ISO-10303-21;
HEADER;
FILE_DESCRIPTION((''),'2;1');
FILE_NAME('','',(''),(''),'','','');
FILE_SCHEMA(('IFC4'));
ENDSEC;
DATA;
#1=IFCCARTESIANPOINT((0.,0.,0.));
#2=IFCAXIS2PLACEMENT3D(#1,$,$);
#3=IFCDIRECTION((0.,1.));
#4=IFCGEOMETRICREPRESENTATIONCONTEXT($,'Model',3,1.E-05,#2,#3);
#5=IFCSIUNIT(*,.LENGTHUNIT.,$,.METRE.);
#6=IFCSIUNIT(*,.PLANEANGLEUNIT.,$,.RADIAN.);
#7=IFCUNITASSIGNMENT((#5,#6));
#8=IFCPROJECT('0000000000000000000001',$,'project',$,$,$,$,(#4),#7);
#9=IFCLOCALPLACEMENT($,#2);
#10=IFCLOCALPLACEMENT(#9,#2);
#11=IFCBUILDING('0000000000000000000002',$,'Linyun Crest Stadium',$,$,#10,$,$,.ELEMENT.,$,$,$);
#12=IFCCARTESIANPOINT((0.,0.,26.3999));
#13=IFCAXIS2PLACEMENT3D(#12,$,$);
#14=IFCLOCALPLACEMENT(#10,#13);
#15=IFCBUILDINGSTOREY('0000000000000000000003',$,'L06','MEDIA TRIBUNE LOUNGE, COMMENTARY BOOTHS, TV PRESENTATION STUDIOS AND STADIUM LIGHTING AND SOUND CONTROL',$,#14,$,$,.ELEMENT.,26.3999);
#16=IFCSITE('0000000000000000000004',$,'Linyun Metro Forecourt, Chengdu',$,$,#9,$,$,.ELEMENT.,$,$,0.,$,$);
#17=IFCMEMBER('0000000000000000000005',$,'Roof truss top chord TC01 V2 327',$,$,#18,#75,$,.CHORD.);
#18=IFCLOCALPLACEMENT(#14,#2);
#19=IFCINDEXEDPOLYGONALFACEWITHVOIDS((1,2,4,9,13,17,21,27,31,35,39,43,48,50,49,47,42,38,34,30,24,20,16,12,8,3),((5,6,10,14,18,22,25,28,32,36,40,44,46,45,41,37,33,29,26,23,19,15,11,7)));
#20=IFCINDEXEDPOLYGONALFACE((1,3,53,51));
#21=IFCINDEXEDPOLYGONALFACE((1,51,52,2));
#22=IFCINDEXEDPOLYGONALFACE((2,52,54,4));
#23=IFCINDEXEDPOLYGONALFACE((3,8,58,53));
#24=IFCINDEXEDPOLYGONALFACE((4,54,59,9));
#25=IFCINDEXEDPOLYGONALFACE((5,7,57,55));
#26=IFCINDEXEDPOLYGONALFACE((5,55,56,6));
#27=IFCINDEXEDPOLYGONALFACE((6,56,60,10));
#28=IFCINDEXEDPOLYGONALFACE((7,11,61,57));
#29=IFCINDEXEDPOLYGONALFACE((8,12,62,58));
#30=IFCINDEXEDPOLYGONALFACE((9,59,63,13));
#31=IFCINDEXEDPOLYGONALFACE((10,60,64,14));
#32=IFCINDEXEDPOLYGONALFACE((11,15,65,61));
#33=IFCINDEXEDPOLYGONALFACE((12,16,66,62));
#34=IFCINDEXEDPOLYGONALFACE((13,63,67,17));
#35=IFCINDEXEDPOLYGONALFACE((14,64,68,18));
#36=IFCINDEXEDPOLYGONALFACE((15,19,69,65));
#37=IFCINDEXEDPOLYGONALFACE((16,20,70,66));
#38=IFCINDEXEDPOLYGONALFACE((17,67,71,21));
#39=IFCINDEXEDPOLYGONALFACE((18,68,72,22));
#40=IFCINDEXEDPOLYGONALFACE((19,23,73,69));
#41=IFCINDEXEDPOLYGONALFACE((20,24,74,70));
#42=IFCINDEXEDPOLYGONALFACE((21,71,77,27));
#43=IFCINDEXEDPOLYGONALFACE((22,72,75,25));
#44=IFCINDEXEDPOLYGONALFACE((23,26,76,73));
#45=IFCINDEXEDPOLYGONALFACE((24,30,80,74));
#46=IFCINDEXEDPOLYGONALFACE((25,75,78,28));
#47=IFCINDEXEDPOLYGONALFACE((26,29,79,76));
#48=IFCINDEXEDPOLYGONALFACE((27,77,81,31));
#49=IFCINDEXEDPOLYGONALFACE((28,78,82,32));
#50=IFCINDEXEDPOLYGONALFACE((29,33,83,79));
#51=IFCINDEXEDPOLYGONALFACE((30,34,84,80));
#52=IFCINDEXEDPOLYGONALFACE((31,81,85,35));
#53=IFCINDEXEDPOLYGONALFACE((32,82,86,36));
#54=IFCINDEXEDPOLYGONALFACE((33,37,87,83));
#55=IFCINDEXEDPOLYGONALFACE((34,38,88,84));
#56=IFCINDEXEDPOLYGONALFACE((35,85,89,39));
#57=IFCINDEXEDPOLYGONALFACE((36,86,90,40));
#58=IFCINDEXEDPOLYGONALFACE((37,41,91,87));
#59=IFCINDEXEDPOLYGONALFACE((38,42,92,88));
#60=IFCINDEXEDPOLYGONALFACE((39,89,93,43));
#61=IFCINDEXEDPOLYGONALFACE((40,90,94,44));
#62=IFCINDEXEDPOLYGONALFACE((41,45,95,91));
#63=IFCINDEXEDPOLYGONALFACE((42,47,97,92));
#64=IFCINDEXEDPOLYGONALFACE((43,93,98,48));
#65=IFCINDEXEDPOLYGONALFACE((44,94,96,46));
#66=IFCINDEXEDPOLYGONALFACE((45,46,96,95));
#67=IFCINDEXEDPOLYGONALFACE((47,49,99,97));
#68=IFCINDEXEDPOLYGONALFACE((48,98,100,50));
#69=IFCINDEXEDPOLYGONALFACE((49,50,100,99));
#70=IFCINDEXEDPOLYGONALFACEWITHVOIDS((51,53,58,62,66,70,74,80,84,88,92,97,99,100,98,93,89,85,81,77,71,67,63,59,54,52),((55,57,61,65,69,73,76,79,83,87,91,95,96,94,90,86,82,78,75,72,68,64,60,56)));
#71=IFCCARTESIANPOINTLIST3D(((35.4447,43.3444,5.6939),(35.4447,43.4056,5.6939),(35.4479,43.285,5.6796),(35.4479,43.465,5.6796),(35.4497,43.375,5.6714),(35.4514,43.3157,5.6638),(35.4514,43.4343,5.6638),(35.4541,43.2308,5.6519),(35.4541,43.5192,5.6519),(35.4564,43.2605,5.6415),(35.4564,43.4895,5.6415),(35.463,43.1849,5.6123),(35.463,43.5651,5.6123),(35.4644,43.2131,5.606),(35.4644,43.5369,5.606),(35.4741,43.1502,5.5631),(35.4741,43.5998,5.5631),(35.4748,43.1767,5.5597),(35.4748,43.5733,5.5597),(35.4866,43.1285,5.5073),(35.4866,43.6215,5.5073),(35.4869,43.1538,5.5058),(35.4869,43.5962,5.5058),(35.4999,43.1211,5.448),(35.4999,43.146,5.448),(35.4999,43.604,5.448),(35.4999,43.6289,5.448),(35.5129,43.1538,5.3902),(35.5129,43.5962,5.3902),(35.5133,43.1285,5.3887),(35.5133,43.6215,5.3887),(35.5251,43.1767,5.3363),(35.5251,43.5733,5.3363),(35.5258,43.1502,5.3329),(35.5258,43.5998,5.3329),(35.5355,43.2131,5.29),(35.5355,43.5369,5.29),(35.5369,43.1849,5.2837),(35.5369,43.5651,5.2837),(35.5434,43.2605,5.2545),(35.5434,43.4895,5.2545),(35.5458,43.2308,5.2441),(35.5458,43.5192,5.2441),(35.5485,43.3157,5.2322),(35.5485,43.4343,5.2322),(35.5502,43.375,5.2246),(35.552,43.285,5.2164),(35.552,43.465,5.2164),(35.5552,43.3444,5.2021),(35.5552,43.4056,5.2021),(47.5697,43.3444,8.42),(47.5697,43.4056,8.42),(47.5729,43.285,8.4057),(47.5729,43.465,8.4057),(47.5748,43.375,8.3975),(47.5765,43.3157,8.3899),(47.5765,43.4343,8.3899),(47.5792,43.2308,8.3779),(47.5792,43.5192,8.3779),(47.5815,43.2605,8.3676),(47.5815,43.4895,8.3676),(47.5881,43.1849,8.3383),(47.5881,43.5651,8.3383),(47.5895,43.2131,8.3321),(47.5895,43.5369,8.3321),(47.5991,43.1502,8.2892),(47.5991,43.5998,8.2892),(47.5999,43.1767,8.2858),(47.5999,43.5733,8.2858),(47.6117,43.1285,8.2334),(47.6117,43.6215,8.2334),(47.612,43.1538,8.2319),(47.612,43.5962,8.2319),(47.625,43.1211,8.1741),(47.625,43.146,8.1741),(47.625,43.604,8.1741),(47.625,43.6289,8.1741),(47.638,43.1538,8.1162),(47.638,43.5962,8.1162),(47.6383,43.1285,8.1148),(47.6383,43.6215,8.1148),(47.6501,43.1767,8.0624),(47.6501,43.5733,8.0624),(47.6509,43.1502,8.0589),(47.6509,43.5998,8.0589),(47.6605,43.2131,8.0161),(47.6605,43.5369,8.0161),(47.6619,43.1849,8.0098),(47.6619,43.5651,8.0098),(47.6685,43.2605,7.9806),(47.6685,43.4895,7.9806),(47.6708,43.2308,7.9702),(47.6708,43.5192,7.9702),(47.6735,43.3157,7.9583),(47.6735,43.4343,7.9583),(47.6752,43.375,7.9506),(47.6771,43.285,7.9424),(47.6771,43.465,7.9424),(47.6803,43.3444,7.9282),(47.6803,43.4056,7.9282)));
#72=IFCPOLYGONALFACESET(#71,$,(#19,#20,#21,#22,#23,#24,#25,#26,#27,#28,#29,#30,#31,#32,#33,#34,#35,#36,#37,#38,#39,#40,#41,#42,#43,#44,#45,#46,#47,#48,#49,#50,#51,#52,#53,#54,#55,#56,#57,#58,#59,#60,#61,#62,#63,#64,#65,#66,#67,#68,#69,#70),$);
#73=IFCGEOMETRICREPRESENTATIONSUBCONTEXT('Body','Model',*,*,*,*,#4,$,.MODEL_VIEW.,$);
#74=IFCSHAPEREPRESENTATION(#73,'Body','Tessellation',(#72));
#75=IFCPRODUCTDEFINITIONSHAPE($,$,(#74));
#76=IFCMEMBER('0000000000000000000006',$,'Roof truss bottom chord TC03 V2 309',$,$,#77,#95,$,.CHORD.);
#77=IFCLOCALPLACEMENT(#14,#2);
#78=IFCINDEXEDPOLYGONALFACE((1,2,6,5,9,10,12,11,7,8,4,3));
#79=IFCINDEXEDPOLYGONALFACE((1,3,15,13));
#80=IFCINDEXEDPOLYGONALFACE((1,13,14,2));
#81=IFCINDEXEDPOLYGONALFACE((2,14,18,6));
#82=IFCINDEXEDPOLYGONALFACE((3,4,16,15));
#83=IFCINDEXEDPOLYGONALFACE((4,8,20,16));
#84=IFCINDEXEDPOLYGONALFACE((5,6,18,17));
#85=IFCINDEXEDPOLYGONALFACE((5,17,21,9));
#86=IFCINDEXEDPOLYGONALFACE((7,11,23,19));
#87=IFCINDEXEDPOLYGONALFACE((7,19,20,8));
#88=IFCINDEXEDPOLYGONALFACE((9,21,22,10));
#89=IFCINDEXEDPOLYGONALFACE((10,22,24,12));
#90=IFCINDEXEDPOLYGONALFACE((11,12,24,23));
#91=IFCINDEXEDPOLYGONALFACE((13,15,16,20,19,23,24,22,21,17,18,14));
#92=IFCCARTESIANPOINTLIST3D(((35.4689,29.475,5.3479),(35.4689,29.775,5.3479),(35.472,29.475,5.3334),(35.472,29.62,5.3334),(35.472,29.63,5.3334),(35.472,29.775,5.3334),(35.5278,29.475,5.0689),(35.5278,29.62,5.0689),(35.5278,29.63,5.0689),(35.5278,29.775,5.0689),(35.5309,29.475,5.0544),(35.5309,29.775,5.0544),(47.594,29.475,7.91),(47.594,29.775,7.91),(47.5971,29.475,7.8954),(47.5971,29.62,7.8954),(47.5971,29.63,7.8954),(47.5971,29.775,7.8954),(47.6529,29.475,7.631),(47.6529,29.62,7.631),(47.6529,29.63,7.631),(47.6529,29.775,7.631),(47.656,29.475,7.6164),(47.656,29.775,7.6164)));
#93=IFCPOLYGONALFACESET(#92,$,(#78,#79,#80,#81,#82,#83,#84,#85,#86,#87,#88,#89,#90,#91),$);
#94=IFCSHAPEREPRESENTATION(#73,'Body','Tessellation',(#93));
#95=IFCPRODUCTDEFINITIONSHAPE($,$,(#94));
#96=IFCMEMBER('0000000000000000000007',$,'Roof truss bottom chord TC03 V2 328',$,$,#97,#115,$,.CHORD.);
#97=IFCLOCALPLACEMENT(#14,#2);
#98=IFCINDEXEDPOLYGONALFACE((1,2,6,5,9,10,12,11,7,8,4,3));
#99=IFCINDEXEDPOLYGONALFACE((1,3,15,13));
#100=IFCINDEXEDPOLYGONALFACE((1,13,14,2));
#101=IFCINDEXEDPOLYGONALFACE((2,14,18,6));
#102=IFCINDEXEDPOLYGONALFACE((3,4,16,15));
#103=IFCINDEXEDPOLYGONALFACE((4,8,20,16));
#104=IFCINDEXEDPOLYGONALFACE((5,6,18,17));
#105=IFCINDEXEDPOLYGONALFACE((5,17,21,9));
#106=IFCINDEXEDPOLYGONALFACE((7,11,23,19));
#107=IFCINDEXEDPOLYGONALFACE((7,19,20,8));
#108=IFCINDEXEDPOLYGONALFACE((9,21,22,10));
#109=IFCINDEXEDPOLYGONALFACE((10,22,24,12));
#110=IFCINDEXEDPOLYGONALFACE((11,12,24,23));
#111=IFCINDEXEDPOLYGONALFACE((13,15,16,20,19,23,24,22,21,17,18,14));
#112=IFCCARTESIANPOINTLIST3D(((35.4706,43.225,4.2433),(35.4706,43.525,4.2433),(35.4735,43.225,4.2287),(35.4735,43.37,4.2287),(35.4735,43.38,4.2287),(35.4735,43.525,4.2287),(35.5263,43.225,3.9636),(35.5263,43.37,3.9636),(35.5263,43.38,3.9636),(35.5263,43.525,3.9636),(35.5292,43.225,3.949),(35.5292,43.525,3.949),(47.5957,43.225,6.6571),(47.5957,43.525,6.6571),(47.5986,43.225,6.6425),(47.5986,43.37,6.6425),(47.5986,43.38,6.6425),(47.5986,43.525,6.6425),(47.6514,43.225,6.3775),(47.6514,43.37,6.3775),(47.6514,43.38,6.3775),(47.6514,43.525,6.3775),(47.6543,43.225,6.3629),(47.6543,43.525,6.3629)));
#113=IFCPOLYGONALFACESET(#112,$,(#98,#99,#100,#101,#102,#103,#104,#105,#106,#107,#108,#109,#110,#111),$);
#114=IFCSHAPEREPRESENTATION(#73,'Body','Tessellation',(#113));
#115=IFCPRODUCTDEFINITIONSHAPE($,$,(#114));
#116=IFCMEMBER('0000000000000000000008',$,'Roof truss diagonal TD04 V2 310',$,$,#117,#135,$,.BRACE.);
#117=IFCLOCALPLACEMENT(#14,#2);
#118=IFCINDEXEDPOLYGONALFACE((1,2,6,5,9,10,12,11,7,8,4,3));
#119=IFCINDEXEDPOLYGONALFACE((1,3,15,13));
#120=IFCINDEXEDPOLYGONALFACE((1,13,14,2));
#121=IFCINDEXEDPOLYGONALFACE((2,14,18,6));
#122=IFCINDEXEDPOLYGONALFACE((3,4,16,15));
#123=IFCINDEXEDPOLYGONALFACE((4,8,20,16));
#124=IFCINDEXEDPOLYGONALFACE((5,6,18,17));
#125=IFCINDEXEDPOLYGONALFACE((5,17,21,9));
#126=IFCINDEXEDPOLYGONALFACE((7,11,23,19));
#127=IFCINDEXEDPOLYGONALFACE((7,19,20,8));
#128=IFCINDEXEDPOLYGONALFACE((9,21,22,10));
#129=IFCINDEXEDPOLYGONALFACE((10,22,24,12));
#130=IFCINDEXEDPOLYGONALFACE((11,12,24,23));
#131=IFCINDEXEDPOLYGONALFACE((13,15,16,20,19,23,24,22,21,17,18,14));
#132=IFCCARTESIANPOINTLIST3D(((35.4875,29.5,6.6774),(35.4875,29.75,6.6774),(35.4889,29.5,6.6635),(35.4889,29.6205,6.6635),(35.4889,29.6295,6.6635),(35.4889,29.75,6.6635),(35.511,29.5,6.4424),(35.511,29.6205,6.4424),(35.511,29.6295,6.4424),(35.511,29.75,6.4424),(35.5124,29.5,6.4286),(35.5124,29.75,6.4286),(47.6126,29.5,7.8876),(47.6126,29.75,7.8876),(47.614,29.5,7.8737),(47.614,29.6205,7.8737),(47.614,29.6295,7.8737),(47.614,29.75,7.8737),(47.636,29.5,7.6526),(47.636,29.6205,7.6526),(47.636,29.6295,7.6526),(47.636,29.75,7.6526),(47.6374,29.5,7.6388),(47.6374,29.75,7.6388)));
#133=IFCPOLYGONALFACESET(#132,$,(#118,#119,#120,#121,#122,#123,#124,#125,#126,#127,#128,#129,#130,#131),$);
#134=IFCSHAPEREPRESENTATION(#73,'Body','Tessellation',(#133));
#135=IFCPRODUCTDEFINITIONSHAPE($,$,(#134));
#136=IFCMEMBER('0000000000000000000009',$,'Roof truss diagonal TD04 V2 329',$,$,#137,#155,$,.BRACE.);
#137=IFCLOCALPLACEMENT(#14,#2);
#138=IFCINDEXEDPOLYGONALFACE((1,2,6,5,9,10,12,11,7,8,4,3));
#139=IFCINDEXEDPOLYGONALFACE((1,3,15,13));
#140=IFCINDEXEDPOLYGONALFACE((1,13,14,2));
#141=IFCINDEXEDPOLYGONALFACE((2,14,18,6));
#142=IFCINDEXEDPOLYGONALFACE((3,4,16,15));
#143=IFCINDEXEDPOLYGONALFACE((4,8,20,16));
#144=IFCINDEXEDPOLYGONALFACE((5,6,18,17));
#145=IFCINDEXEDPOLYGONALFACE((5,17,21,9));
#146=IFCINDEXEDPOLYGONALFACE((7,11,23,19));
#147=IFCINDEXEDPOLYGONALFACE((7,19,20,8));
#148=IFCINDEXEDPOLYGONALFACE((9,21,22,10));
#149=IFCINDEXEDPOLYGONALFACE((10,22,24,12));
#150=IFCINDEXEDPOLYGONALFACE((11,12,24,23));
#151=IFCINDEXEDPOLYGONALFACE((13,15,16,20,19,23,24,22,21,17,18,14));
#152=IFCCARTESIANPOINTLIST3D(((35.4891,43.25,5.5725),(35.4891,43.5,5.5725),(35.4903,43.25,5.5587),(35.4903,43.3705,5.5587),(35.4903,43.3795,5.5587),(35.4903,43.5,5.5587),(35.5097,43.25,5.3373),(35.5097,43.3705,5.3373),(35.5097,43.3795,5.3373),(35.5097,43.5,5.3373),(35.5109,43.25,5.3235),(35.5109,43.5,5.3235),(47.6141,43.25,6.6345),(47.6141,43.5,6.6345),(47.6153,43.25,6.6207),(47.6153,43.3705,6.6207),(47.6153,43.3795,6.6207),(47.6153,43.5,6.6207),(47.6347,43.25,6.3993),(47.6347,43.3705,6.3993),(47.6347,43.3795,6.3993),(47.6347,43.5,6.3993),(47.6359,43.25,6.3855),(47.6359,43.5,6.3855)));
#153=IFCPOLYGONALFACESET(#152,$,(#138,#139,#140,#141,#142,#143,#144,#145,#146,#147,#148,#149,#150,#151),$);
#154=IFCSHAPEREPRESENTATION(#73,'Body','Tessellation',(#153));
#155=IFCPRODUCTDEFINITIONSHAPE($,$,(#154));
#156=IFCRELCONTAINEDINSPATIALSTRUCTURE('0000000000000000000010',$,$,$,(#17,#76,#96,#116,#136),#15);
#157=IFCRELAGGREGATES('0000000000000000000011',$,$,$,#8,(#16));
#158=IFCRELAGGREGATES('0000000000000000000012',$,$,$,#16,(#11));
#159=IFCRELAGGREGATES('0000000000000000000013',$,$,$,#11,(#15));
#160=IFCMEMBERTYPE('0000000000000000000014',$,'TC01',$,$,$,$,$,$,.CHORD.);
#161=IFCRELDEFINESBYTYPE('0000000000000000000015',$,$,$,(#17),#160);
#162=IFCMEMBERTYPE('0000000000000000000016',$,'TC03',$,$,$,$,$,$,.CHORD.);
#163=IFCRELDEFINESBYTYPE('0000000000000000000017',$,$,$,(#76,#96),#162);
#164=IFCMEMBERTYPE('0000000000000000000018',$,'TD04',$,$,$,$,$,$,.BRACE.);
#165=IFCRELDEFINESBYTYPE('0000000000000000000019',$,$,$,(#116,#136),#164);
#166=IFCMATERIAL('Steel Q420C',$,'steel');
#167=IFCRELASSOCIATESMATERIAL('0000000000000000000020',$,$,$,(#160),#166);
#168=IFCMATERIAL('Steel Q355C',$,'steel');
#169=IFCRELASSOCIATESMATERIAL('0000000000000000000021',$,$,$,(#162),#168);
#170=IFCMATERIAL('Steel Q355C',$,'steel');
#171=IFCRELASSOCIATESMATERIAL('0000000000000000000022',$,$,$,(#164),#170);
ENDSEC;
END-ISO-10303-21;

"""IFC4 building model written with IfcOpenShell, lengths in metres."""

from ifc_helpers import new_model, si_unit, direction, frame, origin, origin_2d, place, context, subcontext, project, spatial, hollow_circle, i_section, extrude, material, material_profile, profile_set, type_object, element, save


model = new_model("IFC4")

# Units and contexts
model_context = context("Model", 3, precision=1e-05, world=origin(), true_north=direction((0.0, 1.0)))
body_context = subcontext(model_context, "Body", "Model", "MODEL_VIEW")
ifc_project = project(units=[si_unit("LENGTHUNIT", "METRE"), si_unit("PLANEANGLEUNIT", "RADIAN")], contexts=[model_context])

# Site, building, storey
site_placement = place(None, origin())
site = spatial("IfcSite", under=ifc_project, at=site_placement, Name="Linyun Metro Forecourt, Chengdu", CompositionType="ELEMENT", RefElevation=0.0)
building_placement = place(site_placement, origin())
building = spatial("IfcBuilding", under=site, at=building_placement, Name="Linyun Crest Stadium", CompositionType="ELEMENT")
storey_placement = place(building_placement, frame((0.0, 0.0, 26.3999)))
storey = spatial("IfcBuildingStorey", under=building, at=storey_placement, Name="L06", Description="MEDIA TRIBUNE LOUNGE, COMMENTARY BOOTHS, TV PRESENTATION STUDIOS AND STADIUM LIGHTING AND SOUND CONTROL", CompositionType="ELEMENT", Elevation=26.3999)

# Members
ifc_material_1 = material(Name="Steel Q420C", Category="steel")
ifc_material_profile_1 = material_profile(ifc_material_1, hollow_circle(Radius=0.2539, WallThickness=0.0249, at=origin_2d()), Name="CHS 508x25")
ifc_profile_set_1 = profile_set([ifc_material_profile_1], Name="Steel Q420C")
member_type_1 = type_object("IfcMemberType", Name="TC01", PredefinedType="CHORD", material=ifc_profile_set_1)
member_1_placement = place(storey_placement, frame((47.625, 43.375, 8.1741), z_axis=(-0.975645, 0.0, -0.219355), x_axis=(0.0, -1.0, 0.0)))
element("IfcMember", 1, at=member_1_placement, inside=storey, type_object=member_type_1, Name="Roof truss top chord TC01 V2 327", PredefinedType="CHORD", context=body_context, shape_type="SweptSolid", body=[
    extrude(hollow_circle(Radius=0.2539, WallThickness=0.0249, at=origin_2d()), origin(), (0.0, 0.0, 1.0), 12.4277),
])
ifc_material_2 = material(Name="Steel Q355C", Category="steel")
ifc_material_profile_2 = material_profile(ifc_material_2, i_section(OverallWidth=0.3, OverallDepth=0.3, WebThickness=0.01, FlangeThickness=0.0149, at=origin_2d()), Name="HW 300x300")
ifc_profile_set_2 = profile_set([ifc_material_profile_2], Name="Steel Q355C")
member_type_2 = type_object("IfcMemberType", Name="TC03", PredefinedType="CHORD", material=ifc_profile_set_2)
member_2_placement = place(storey_placement, frame((47.625, 29.625, 7.7632), z_axis=(-0.978397, 0.0, -0.206735), x_axis=(0.0, -1.0, 0.0)))
element("IfcMember", 2, at=member_2_placement, inside=storey, type_object=member_type_2, Name="Roof truss bottom chord TC03 V2 309", PredefinedType="CHORD", context=body_context, shape_type="SweptSolid", body=[
    extrude(i_section(OverallWidth=0.3, OverallDepth=0.3, WebThickness=0.01, FlangeThickness=0.0149, at=origin_2d()), origin(), (0.0, 0.0, 1.0), 12.3928),
])
member_3_placement = place(storey_placement, frame((47.625, 43.375, 6.51), z_axis=(-0.980754, 0.0, -0.195246), x_axis=(0.0, -1.0, 0.0)))
element("IfcMember", 3, at=member_3_placement, inside=storey, type_object=member_type_2, Name="Roof truss bottom chord TC03 V2 328", PredefinedType="CHORD", context=body_context, shape_type="SweptSolid", body=[
    extrude(i_section(OverallWidth=0.3, OverallDepth=0.3, WebThickness=0.01, FlangeThickness=0.0149, at=origin_2d()), origin(), (0.0, 0.0, 1.0), 12.363),
])
ifc_material_3 = material(Name="Steel Q355C", Category="steel")
ifc_material_profile_3 = material_profile(ifc_material_3, i_section(OverallWidth=0.25, OverallDepth=0.25, WebThickness=0.009, FlangeThickness=0.0139, at=origin_2d()), Name="HW 250x250")
ifc_profile_set_3 = profile_set([ifc_material_profile_3], Name="Steel Q355C")
member_type_3 = type_object("IfcMemberType", Name="TD04", PredefinedType="BRACE", material=ifc_profile_set_3)
member_4_placement = place(storey_placement, frame((47.625, 29.625, 7.7632), z_axis=(-0.995056, 0.0, -0.099317), x_axis=(0.0, -1.0, 0.0)))
element("IfcMember", 4, at=member_4_placement, inside=storey, type_object=member_type_3, Name="Roof truss diagonal TD04 V2 310", PredefinedType="BRACE", context=body_context, shape_type="SweptSolid", body=[
    extrude(i_section(OverallWidth=0.25, OverallDepth=0.25, WebThickness=0.009, FlangeThickness=0.0139, at=origin_2d()), origin(), (0.0, 0.0, 1.0), 12.1853),
])
member_5_placement = place(storey_placement, frame((47.625, 43.375, 6.51), z_axis=(-0.996186, 0.0, -0.087255), x_axis=(0.0, -1.0, 0.0)))
element("IfcMember", 5, at=member_5_placement, inside=storey, type_object=member_type_3, Name="Roof truss diagonal TD04 V2 329", PredefinedType="BRACE", context=body_context, shape_type="SweptSolid", body=[
    extrude(i_section(OverallWidth=0.25, OverallDepth=0.25, WebThickness=0.009, FlangeThickness=0.0139, at=origin_2d()), origin(), (0.0, 0.0, 1.0), 12.1714),
])

save(model, "model.ifc")
